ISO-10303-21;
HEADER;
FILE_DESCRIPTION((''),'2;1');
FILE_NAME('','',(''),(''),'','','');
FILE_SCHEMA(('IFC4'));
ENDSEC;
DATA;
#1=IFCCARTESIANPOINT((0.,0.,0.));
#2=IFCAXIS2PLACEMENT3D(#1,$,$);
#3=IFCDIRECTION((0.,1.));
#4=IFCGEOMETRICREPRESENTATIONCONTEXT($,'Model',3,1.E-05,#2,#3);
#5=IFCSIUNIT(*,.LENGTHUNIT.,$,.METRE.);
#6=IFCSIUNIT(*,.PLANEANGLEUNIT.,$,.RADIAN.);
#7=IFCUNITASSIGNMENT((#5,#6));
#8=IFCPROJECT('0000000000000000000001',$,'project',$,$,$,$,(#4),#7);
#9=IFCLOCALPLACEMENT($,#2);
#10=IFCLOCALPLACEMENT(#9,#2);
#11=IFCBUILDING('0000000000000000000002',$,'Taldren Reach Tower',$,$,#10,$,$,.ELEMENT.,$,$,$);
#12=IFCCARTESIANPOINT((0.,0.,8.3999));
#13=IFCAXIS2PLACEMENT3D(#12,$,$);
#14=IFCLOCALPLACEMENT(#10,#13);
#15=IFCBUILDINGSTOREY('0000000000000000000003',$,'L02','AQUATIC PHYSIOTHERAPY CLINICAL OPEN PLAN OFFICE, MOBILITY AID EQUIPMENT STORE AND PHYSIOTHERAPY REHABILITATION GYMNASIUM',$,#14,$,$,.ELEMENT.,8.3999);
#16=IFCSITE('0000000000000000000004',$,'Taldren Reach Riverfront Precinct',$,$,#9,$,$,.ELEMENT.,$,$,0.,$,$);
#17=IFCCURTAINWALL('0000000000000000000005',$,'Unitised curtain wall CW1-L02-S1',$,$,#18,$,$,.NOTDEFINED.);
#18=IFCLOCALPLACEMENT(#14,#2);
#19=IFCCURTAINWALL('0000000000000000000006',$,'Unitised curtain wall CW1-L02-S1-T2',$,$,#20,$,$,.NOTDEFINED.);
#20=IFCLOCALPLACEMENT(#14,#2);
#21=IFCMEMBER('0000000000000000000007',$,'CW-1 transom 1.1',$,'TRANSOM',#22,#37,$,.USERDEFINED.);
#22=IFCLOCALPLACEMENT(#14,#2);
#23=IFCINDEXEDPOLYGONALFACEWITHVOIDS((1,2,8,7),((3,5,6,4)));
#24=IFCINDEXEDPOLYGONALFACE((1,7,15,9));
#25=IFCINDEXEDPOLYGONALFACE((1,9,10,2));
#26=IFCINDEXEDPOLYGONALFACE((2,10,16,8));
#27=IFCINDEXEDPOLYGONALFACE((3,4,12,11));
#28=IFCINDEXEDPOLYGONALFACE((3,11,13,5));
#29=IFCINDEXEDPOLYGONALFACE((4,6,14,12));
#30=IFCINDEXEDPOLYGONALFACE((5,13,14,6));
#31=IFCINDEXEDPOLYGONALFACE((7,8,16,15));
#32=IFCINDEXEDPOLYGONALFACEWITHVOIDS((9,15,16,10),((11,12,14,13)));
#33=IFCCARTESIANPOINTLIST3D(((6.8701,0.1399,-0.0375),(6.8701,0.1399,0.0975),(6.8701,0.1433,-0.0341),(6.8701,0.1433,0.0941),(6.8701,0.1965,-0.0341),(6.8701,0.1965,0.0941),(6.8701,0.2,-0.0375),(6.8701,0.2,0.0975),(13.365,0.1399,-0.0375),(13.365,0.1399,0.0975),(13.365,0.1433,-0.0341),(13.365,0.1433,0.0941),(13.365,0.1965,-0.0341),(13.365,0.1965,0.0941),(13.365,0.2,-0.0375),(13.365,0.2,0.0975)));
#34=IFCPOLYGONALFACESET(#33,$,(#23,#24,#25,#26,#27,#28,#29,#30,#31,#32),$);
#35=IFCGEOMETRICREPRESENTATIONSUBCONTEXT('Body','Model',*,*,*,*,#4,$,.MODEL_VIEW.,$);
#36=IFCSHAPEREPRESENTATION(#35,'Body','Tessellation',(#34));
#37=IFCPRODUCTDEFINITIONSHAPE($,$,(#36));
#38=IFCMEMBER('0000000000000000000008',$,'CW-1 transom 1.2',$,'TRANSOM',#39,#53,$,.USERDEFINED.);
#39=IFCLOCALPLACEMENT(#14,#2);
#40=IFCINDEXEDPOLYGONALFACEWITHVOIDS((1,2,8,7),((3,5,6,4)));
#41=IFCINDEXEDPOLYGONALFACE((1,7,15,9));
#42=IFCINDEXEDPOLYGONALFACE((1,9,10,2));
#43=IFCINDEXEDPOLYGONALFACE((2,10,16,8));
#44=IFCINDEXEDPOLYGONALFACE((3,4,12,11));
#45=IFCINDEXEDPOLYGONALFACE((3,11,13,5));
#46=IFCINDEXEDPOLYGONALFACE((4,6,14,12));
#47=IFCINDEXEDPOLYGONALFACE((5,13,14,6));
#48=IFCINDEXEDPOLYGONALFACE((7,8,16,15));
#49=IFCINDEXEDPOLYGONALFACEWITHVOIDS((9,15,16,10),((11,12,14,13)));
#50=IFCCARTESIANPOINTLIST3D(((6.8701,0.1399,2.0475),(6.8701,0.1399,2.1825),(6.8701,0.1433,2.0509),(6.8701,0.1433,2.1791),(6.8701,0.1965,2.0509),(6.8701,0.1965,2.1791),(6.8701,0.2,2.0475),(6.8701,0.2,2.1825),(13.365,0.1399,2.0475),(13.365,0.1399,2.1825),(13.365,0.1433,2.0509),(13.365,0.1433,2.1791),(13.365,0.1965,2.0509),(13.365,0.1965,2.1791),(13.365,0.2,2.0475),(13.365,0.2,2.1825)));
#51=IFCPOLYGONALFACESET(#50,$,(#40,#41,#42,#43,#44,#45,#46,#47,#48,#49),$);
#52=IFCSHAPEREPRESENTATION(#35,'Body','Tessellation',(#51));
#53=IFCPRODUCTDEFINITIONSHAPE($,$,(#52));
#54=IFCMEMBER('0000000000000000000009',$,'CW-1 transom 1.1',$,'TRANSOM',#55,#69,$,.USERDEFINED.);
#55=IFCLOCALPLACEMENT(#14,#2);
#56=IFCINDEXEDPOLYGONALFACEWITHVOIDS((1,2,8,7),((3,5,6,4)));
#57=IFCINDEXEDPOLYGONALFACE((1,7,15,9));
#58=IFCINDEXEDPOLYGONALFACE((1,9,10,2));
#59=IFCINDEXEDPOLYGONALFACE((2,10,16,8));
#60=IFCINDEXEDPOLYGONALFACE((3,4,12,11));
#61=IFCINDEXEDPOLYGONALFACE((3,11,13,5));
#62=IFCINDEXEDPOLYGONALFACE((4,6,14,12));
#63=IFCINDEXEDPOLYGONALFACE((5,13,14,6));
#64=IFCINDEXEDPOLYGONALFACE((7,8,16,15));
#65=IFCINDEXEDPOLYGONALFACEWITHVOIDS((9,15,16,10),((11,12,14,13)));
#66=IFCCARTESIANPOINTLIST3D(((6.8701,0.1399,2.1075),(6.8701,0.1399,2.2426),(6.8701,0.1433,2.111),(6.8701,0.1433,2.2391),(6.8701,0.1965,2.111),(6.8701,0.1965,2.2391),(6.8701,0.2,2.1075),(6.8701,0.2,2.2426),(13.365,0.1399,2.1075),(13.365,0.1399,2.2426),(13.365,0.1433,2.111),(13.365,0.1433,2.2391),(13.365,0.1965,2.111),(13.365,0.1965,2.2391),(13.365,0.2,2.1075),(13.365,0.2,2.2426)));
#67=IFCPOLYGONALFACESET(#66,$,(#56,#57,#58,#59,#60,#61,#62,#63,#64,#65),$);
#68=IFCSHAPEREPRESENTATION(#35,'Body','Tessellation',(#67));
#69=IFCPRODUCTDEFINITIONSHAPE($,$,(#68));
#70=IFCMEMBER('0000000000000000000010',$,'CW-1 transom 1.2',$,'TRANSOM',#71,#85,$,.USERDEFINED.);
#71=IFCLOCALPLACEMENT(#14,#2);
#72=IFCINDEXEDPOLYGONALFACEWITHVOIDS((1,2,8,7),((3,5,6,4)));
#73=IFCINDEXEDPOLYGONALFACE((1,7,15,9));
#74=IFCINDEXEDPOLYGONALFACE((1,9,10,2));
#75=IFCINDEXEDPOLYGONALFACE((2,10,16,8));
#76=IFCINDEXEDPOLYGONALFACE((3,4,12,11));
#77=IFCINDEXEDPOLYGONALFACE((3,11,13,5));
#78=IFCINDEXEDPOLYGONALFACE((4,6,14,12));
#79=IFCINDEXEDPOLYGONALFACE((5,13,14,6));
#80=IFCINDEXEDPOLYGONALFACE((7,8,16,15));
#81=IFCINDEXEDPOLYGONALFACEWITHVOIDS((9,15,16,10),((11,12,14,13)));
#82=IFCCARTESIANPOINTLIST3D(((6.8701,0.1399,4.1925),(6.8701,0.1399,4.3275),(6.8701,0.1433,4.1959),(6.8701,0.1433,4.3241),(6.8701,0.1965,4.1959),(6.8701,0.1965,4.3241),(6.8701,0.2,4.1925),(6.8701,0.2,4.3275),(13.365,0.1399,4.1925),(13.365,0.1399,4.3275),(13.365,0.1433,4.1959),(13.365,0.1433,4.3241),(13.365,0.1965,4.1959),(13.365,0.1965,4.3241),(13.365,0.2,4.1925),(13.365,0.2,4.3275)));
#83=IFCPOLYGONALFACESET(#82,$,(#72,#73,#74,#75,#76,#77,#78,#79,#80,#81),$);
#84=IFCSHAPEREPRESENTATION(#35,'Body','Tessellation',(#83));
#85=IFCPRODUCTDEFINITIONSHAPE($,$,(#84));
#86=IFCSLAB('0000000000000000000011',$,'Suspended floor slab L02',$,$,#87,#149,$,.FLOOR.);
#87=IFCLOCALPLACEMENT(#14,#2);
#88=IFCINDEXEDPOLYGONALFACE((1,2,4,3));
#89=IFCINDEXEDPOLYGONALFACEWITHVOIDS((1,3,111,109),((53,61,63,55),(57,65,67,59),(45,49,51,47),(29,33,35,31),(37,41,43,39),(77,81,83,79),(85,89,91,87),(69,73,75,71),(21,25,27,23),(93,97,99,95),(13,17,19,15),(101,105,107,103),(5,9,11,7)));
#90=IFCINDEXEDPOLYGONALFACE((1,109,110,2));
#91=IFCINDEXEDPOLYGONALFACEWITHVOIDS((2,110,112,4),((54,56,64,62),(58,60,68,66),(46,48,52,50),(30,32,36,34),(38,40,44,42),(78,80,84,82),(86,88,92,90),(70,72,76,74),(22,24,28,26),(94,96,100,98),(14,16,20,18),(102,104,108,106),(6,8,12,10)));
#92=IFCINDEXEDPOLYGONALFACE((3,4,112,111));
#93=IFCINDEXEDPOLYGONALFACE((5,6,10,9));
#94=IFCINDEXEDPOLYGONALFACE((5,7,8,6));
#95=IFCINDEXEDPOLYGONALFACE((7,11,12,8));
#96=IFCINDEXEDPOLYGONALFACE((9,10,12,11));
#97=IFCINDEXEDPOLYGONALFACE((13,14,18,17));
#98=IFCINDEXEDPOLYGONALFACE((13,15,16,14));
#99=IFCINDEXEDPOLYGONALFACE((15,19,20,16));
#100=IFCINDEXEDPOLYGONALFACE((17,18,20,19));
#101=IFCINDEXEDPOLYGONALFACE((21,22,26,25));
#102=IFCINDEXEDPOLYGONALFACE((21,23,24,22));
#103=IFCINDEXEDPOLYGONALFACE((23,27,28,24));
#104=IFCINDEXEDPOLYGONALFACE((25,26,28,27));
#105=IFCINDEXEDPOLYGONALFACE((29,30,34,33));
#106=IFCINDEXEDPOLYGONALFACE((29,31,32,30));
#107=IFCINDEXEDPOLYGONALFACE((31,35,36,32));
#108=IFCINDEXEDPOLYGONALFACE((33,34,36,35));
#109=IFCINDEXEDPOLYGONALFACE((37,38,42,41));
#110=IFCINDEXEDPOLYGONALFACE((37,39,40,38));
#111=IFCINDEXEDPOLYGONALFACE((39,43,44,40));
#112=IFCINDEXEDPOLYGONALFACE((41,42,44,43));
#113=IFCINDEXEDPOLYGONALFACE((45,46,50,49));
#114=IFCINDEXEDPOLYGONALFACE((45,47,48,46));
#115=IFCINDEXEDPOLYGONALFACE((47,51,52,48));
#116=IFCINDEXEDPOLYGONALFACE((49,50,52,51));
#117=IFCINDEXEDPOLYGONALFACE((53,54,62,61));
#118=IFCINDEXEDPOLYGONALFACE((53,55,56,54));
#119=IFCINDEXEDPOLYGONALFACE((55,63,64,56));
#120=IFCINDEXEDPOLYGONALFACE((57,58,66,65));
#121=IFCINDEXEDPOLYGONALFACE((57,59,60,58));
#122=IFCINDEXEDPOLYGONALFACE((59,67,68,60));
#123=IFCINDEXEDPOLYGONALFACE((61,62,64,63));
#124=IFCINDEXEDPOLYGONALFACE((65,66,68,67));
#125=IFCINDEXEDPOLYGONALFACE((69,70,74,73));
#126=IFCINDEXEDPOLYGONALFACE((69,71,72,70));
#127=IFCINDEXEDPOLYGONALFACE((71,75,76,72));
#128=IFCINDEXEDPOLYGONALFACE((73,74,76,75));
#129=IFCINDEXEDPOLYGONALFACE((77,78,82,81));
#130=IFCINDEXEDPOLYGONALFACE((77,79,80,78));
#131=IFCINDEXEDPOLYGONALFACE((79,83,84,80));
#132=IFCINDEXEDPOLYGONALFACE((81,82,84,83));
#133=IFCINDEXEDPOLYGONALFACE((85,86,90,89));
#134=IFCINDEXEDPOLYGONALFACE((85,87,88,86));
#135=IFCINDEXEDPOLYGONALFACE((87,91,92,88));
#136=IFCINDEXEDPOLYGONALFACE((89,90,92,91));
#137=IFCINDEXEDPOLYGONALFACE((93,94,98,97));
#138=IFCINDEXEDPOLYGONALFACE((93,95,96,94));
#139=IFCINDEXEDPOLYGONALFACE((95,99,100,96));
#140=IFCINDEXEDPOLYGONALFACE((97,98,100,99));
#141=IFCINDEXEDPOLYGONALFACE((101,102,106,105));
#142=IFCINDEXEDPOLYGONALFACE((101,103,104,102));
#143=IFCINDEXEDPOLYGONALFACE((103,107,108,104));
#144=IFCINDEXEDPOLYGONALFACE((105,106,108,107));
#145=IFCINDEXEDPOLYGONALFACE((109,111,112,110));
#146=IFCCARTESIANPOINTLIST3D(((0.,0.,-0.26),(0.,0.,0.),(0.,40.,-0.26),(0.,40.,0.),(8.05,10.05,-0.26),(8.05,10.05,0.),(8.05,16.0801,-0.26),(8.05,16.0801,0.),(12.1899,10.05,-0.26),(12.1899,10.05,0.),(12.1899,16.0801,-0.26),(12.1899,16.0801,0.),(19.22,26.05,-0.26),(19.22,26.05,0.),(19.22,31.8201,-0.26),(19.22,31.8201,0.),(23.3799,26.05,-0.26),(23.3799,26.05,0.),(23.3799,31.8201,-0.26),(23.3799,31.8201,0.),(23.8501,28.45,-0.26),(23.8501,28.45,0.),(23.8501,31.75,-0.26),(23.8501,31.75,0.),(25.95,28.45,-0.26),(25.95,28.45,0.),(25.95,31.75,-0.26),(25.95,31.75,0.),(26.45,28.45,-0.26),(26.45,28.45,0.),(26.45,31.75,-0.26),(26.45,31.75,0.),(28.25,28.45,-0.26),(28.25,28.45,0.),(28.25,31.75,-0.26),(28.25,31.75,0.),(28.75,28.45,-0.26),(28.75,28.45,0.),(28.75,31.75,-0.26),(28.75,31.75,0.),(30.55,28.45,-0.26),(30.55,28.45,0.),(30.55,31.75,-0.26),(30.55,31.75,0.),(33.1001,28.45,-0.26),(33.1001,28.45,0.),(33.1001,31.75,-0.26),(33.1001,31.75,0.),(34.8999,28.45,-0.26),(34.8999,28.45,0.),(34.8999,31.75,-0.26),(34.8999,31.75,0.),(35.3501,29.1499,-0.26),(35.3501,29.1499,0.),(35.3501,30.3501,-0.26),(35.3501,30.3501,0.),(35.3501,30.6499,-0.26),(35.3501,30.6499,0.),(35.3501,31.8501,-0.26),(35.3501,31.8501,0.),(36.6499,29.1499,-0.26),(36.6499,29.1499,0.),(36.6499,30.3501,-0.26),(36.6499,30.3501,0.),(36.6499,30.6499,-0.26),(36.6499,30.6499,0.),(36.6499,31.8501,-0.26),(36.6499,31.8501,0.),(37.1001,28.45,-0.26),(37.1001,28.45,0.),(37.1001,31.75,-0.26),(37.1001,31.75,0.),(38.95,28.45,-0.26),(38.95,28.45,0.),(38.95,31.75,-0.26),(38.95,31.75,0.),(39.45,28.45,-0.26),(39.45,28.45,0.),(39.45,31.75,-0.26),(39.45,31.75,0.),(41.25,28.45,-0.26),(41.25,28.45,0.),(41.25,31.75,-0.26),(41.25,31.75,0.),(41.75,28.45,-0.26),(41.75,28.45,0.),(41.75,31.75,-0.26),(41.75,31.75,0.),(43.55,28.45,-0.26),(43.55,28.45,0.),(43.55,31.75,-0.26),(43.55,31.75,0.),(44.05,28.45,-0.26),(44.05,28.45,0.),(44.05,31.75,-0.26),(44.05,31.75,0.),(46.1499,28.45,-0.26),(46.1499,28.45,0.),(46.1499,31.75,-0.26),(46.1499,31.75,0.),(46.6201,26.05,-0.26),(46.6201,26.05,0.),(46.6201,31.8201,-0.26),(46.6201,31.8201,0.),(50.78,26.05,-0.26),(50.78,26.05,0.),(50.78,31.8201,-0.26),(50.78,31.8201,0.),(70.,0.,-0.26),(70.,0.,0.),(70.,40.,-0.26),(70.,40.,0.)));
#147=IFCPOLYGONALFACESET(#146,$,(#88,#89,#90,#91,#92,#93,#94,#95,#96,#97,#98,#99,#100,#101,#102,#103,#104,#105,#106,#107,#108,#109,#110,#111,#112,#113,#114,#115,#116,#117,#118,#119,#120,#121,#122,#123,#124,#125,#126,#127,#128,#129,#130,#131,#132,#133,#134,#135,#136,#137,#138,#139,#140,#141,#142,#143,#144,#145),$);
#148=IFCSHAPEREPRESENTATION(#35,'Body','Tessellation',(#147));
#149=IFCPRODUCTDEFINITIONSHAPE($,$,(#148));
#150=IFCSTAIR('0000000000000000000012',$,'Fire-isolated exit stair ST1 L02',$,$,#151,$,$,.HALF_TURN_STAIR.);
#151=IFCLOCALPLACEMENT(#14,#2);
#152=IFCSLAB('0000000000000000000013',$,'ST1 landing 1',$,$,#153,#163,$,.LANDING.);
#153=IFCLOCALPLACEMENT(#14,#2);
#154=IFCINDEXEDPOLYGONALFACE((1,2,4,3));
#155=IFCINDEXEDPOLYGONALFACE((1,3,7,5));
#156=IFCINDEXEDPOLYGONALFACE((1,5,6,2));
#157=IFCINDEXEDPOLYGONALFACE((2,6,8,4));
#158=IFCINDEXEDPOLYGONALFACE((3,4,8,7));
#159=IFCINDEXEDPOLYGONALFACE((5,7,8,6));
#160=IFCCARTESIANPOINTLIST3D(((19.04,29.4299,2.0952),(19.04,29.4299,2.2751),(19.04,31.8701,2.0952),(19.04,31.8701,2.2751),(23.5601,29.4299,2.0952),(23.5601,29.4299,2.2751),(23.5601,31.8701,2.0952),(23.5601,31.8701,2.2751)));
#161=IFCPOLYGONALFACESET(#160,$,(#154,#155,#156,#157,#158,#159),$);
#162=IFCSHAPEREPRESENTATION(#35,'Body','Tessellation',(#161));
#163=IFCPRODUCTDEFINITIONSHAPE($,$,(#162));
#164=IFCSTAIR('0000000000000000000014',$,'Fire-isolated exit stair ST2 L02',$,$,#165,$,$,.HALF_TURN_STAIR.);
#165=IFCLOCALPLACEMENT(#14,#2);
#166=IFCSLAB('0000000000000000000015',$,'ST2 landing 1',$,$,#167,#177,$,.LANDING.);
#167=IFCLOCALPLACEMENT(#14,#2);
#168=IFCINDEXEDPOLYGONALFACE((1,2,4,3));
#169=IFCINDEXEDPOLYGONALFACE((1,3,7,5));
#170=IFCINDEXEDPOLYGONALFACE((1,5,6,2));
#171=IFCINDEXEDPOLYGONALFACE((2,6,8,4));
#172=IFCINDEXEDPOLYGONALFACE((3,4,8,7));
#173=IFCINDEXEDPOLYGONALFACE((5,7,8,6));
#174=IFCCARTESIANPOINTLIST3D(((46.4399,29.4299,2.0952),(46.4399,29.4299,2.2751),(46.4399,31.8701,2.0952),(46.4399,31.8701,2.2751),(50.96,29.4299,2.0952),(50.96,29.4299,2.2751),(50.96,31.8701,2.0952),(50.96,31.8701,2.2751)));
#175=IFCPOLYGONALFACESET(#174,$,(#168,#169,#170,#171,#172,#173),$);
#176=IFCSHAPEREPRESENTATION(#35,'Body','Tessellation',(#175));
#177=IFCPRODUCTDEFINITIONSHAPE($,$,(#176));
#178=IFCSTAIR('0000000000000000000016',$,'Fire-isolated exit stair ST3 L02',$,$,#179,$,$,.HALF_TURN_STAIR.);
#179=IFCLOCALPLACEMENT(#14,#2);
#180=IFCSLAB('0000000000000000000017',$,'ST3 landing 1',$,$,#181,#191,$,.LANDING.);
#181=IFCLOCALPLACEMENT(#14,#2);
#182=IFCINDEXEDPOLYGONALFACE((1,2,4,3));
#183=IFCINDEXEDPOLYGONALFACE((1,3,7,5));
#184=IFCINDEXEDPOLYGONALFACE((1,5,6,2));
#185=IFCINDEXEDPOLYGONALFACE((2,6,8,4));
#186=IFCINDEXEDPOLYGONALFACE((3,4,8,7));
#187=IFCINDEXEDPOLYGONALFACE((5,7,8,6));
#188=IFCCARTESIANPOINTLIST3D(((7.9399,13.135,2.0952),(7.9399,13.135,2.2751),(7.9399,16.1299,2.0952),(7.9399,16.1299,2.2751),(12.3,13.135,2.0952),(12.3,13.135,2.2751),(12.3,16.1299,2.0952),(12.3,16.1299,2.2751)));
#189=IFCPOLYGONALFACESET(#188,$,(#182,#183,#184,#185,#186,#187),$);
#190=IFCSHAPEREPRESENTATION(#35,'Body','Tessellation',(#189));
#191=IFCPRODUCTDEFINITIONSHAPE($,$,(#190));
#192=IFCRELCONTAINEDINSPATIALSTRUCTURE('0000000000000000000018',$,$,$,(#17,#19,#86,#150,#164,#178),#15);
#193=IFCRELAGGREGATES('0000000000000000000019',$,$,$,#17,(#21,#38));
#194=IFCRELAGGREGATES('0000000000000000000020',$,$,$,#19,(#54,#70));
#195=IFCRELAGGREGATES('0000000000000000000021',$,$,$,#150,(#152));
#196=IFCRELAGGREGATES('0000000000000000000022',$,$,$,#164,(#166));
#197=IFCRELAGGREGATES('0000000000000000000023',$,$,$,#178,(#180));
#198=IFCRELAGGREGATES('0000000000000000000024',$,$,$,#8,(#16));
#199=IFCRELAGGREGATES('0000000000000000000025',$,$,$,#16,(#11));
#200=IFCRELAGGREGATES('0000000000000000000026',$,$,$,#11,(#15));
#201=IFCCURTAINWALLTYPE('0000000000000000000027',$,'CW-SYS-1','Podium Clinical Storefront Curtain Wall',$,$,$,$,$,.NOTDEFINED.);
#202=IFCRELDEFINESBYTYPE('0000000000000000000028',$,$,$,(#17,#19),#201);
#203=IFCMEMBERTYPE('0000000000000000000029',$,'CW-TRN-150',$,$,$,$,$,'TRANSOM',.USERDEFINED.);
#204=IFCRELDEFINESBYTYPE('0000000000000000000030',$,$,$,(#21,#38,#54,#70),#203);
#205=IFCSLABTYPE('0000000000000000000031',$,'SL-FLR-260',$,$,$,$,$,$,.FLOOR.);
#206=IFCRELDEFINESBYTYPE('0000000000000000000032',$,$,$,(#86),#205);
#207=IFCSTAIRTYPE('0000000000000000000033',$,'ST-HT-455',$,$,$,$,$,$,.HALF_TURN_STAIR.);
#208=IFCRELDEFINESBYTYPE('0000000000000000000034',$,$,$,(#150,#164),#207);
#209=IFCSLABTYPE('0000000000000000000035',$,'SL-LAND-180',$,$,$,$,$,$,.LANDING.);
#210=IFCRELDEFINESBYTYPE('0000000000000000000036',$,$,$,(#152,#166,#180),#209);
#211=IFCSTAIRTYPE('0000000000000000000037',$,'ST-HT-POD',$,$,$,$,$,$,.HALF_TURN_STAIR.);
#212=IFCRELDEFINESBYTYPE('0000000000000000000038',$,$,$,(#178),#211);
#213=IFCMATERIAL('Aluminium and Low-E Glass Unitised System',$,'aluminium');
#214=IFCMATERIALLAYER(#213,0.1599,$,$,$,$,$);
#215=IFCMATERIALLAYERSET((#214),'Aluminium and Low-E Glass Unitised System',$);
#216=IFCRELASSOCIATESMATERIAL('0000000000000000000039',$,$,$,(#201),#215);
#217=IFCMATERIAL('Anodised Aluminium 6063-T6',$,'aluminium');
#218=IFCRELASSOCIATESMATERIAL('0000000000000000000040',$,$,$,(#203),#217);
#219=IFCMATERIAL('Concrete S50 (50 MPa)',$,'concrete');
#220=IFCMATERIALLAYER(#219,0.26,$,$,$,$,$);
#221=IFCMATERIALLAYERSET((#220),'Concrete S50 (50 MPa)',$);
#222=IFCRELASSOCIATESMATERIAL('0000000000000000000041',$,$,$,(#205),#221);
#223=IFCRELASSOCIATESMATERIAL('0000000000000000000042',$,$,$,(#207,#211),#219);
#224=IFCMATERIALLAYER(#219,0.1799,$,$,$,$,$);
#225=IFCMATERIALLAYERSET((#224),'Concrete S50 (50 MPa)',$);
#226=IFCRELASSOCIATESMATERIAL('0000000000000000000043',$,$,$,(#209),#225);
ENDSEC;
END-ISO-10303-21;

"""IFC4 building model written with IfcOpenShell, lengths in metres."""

from ifc_helpers import new_model, si_unit, direction, frame, origin, origin_2d, place, context, subcontext, project, spatial, polyline, hollow_rectangle, outline, extrude, source, transform, mapped, material, layer, layer_set, material_profile, profile_set, type_object, element, aggregate, save


model = new_model("IFC4")

# Units and contexts
model_context = context("Model", 3, precision=1e-05, world=origin(), true_north=direction((0.0, 1.0)))
body_context = subcontext(model_context, "Body", "Model", "MODEL_VIEW")
ifc_project = project(units=[si_unit("LENGTHUNIT", "METRE"), si_unit("PLANEANGLEUNIT", "RADIAN")], contexts=[model_context])

# Site, building, storey
site_placement = place(None, origin())
site = spatial("IfcSite", under=ifc_project, at=site_placement, Name="Taldren Reach Riverfront Precinct", CompositionType="ELEMENT", RefElevation=0.0)
building_placement = place(site_placement, origin())
building = spatial("IfcBuilding", under=site, at=building_placement, Name="Taldren Reach Tower", CompositionType="ELEMENT")
storey_placement = place(building_placement, frame((0.0, 0.0, 8.3999)))
storey = spatial("IfcBuildingStorey", under=building, at=storey_placement, Name="L02", Description="AQUATIC PHYSIOTHERAPY CLINICAL OPEN PLAN OFFICE, MOBILITY AID EQUIPMENT STORE AND PHYSIOTHERAPY REHABILITATION GYMNASIUM", CompositionType="ELEMENT", Elevation=8.3999)

# Curtain walls
ifc_material_1 = material(Name="Aluminium and Low-E Glass Unitised System", Category="aluminium")
ifc_layer_1 = layer(ifc_material_1, 0.1599)
ifc_layer_set_1 = layer_set([ifc_layer_1], Name="Aluminium and Low-E Glass Unitised System")
curtain_wall_type = type_object("IfcCurtainWallType", Name="CW-SYS-1", Description="Podium Clinical Storefront Curtain Wall", PredefinedType="NOTDEFINED", material=ifc_layer_set_1)
curtain_wall_1_placement = place(storey_placement, origin())
curtain_wall_1 = element("IfcCurtainWall", 1, at=curtain_wall_1_placement, inside=storey, type_object=curtain_wall_type, Name="Unitised curtain wall CW1-L02-S1", PredefinedType="NOTDEFINED")
ifc_material_2 = material(Name="Anodised Aluminium 6063-T6", Category="aluminium")
curtain_wall_2_placement = place(storey_placement, origin())
curtain_wall_2 = element("IfcCurtainWall", 2, at=curtain_wall_2_placement, inside=storey, type_object=curtain_wall_type, Name="Unitised curtain wall CW1-L02-S1-T2", PredefinedType="NOTDEFINED")

# Members
ifc_material_profile_1 = material_profile(ifc_material_2, hollow_rectangle(XDim=0.0601, YDim=0.135, WallThickness=0.0034, at=origin_2d()), Name="ALU-135x60x3.5RHS")
ifc_profile_set_1 = profile_set([ifc_material_profile_1], Name="Anodised Aluminium 6063-T6")
member_type_1 = type_object("IfcMemberType", Name="CW-TRN-150", ElementType="TRANSOM", PredefinedType="USERDEFINED", material=ifc_profile_set_1)
shared_shape_1 = source(origin(), body_context, "Body", "SweptSolid", [
    extrude(hollow_rectangle(XDim=0.0601, YDim=0.135, WallThickness=0.0034, at=origin_2d()), origin(), (0.0, 0.0, 1.0), 6.4949),
])
member_1_placement = place(storey_placement, frame((6.8701, 0.1699, 0.03), z_axis=(1.0, 0.0, 0.0), x_axis=(0.0, 1.0, 0.0)))
member_1 = element("IfcMember", 3, at=member_1_placement, type_object=member_type_1, Name="CW-1 transom 1.1", ObjectType="TRANSOM", PredefinedType="USERDEFINED", context=body_context, shape_type="MappedRepresentation", body=[
    mapped(shared_shape_1, transform((0.0, 0.0, 0.0), scale=1.0)),
])
member_2_placement = place(storey_placement, frame((6.8701, 0.1699, 2.115), z_axis=(1.0, 0.0, 0.0), x_axis=(0.0, 1.0, 0.0)))
member_2 = element("IfcMember", 4, at=member_2_placement, type_object=member_type_1, Name="CW-1 transom 1.2", ObjectType="TRANSOM", PredefinedType="USERDEFINED", context=body_context, shape_type="MappedRepresentation", body=[
    mapped(shared_shape_1, transform((0.0, 0.0, 0.0), scale=1.0)),
])
aggregate(curtain_wall_1, [member_1, member_2])
member_3_placement = place(storey_placement, frame((6.8701, 0.1699, 2.175), z_axis=(1.0, 0.0, 0.0), x_axis=(0.0, 1.0, 0.0)))
member_3 = element("IfcMember", 5, at=member_3_placement, type_object=member_type_1, Name="CW-1 transom 1.1", ObjectType="TRANSOM", PredefinedType="USERDEFINED", context=body_context, shape_type="MappedRepresentation", body=[
    mapped(shared_shape_1, transform((0.0, 0.0, 0.0), scale=1.0)),
])
member_4_placement = place(storey_placement, frame((6.8701, 0.1699, 4.26), z_axis=(1.0, 0.0, 0.0), x_axis=(0.0, 1.0, 0.0)))
member_4 = element("IfcMember", 6, at=member_4_placement, type_object=member_type_1, Name="CW-1 transom 1.2", ObjectType="TRANSOM", PredefinedType="USERDEFINED", context=body_context, shape_type="MappedRepresentation", body=[
    mapped(shared_shape_1, transform((0.0, 0.0, 0.0), scale=1.0)),
])
aggregate(curtain_wall_2, [member_3, member_4])

# Slab
ifc_material_3 = material(Name="Concrete S50 (50 MPa)", Category="concrete")
ifc_layer_2 = layer(ifc_material_3, 0.26)
ifc_layer_set_2 = layer_set([ifc_layer_2], Name="Concrete S50 (50 MPa)")
slab_type_1 = type_object("IfcSlabType", Name="SL-FLR-260", PredefinedType="FLOOR", material=ifc_layer_set_2)
slab_1_placement = place(storey_placement, frame((0.0, 0.0, -0.26)))
element("IfcSlab", 7, at=slab_1_placement, inside=storey, type_object=slab_type_1, Name="Suspended floor slab L02", PredefinedType="FLOOR", context=body_context, shape_type="SweptSolid", body=[
    extrude(outline(polyline([(0.0, 0.0), (70.0, 0.0), (70.0, 40.0), (0.0, 40.0), (0.0, 0.0)]), holes=[polyline([(19.22, 26.05), (23.3799, 26.05), (23.3799, 31.8201), (19.22, 31.8201), (19.22, 26.05)]), polyline([(46.6201, 26.05), (50.78, 26.05), (50.78, 31.8201), (46.6201, 31.8201), (46.6201, 26.05)]), polyline([(8.05, 10.05), (12.1899, 10.05), (12.1899, 16.0801), (8.05, 16.0801), (8.05, 10.05)]), polyline([(23.8501, 28.45), (25.95, 28.45), (25.95, 31.75), (23.8501, 31.75), (23.8501, 28.45)]), polyline([(44.05, 28.45), (46.1499, 28.45), (46.1499, 31.75), (44.05, 31.75), (44.05, 28.45)]), polyline([(26.45, 28.45), (28.25, 28.45), (28.25, 31.75), (26.45, 31.75), (26.45, 28.45)]), polyline([(28.75, 28.45), (30.55, 28.45), (30.55, 31.75), (28.75, 31.75), (28.75, 28.45)]), polyline([(33.1001, 28.45), (34.8999, 28.45), (34.8999, 31.75), (33.1001, 31.75), (33.1001, 28.45)]), polyline([(37.1001, 28.45), (38.95, 28.45), (38.95, 31.75), (37.1001, 31.75), (37.1001, 28.45)]), polyline([(39.45, 28.45), (41.25, 28.45), (41.25, 31.75), (39.45, 31.75), (39.45, 28.45)]), polyline([(41.75, 28.45), (43.55, 28.45), (43.55, 31.75), (41.75, 31.75), (41.75, 28.45)]), polyline([(35.3501, 30.6499), (36.6499, 30.6499), (36.6499, 31.8501), (35.3501, 31.8501), (35.3501, 30.6499)]), polyline([(35.3501, 29.1499), (36.6499, 29.1499), (36.6499, 30.3501), (35.3501, 30.3501), (35.3501, 29.1499)])]), origin(), (0.0, 0.0, 1.0), 0.26),
])

# Stairs, slabs
stair_type_1 = type_object("IfcStairType", Name="ST-HT-455", PredefinedType="HALF_TURN_STAIR", material=ifc_material_3)
stair_1_placement = place(storey_placement, origin())
stair_1 = element("IfcStair", 8, at=stair_1_placement, inside=storey, type_object=stair_type_1, Name="Fire-isolated exit stair ST1 L02", PredefinedType="HALF_TURN_STAIR")
ifc_layer_3 = layer(ifc_material_3, 0.1799)
ifc_layer_set_3 = layer_set([ifc_layer_3], Name="Concrete S50 (50 MPa)")
slab_type_2 = type_object("IfcSlabType", Name="SL-LAND-180", PredefinedType="LANDING", material=ifc_layer_set_3)
slab_2_placement = place(storey_placement, frame((0.0, 0.0, 2.0952)))
slab_2 = element("IfcSlab", 9, at=slab_2_placement, type_object=slab_type_2, Name="ST1 landing 1", PredefinedType="LANDING", context=body_context, shape_type="SweptSolid", body=[
    extrude(outline(polyline([(19.04, 29.4299), (23.5601, 29.4299), (23.5601, 31.8701), (19.04, 31.8701), (19.04, 29.4299)])), origin(), (0.0, 0.0, 1.0), 0.1799),
])
aggregate(stair_1, [slab_2])
stair_2_placement = place(storey_placement, origin())
stair_2 = element("IfcStair", 10, at=stair_2_placement, inside=storey, type_object=stair_type_1, Name="Fire-isolated exit stair ST2 L02", PredefinedType="HALF_TURN_STAIR")
slab_3_placement = place(storey_placement, frame((0.0, 0.0, 2.0952)))
slab_3 = element("IfcSlab", 11, at=slab_3_placement, type_object=slab_type_2, Name="ST2 landing 1", PredefinedType="LANDING", context=body_context, shape_type="SweptSolid", body=[
    extrude(outline(polyline([(46.4399, 29.4299), (50.96, 29.4299), (50.96, 31.8701), (46.4399, 31.8701), (46.4399, 29.4299)])), origin(), (0.0, 0.0, 1.0), 0.1799),
])
aggregate(stair_2, [slab_3])
stair_type_2 = type_object("IfcStairType", Name="ST-HT-POD", PredefinedType="HALF_TURN_STAIR", material=ifc_material_3)
stair_3_placement = place(storey_placement, origin())
stair_3 = element("IfcStair", 12, at=stair_3_placement, inside=storey, type_object=stair_type_2, Name="Fire-isolated exit stair ST3 L02", PredefinedType="HALF_TURN_STAIR")
slab_4_placement = place(storey_placement, frame((0.0, 0.0, 2.0952)))
slab_4 = element("IfcSlab", 13, at=slab_4_placement, type_object=slab_type_2, Name="ST3 landing 1", PredefinedType="LANDING", context=body_context, shape_type="SweptSolid", body=[
    extrude(outline(polyline([(7.9399, 13.135), (12.3, 13.135), (12.3, 16.1299), (7.9399, 16.1299), (7.9399, 13.135)])), origin(), (0.0, 0.0, 1.0), 0.1799),
])
aggregate(stair_3, [slab_4])

save(model, "model.ifc")
